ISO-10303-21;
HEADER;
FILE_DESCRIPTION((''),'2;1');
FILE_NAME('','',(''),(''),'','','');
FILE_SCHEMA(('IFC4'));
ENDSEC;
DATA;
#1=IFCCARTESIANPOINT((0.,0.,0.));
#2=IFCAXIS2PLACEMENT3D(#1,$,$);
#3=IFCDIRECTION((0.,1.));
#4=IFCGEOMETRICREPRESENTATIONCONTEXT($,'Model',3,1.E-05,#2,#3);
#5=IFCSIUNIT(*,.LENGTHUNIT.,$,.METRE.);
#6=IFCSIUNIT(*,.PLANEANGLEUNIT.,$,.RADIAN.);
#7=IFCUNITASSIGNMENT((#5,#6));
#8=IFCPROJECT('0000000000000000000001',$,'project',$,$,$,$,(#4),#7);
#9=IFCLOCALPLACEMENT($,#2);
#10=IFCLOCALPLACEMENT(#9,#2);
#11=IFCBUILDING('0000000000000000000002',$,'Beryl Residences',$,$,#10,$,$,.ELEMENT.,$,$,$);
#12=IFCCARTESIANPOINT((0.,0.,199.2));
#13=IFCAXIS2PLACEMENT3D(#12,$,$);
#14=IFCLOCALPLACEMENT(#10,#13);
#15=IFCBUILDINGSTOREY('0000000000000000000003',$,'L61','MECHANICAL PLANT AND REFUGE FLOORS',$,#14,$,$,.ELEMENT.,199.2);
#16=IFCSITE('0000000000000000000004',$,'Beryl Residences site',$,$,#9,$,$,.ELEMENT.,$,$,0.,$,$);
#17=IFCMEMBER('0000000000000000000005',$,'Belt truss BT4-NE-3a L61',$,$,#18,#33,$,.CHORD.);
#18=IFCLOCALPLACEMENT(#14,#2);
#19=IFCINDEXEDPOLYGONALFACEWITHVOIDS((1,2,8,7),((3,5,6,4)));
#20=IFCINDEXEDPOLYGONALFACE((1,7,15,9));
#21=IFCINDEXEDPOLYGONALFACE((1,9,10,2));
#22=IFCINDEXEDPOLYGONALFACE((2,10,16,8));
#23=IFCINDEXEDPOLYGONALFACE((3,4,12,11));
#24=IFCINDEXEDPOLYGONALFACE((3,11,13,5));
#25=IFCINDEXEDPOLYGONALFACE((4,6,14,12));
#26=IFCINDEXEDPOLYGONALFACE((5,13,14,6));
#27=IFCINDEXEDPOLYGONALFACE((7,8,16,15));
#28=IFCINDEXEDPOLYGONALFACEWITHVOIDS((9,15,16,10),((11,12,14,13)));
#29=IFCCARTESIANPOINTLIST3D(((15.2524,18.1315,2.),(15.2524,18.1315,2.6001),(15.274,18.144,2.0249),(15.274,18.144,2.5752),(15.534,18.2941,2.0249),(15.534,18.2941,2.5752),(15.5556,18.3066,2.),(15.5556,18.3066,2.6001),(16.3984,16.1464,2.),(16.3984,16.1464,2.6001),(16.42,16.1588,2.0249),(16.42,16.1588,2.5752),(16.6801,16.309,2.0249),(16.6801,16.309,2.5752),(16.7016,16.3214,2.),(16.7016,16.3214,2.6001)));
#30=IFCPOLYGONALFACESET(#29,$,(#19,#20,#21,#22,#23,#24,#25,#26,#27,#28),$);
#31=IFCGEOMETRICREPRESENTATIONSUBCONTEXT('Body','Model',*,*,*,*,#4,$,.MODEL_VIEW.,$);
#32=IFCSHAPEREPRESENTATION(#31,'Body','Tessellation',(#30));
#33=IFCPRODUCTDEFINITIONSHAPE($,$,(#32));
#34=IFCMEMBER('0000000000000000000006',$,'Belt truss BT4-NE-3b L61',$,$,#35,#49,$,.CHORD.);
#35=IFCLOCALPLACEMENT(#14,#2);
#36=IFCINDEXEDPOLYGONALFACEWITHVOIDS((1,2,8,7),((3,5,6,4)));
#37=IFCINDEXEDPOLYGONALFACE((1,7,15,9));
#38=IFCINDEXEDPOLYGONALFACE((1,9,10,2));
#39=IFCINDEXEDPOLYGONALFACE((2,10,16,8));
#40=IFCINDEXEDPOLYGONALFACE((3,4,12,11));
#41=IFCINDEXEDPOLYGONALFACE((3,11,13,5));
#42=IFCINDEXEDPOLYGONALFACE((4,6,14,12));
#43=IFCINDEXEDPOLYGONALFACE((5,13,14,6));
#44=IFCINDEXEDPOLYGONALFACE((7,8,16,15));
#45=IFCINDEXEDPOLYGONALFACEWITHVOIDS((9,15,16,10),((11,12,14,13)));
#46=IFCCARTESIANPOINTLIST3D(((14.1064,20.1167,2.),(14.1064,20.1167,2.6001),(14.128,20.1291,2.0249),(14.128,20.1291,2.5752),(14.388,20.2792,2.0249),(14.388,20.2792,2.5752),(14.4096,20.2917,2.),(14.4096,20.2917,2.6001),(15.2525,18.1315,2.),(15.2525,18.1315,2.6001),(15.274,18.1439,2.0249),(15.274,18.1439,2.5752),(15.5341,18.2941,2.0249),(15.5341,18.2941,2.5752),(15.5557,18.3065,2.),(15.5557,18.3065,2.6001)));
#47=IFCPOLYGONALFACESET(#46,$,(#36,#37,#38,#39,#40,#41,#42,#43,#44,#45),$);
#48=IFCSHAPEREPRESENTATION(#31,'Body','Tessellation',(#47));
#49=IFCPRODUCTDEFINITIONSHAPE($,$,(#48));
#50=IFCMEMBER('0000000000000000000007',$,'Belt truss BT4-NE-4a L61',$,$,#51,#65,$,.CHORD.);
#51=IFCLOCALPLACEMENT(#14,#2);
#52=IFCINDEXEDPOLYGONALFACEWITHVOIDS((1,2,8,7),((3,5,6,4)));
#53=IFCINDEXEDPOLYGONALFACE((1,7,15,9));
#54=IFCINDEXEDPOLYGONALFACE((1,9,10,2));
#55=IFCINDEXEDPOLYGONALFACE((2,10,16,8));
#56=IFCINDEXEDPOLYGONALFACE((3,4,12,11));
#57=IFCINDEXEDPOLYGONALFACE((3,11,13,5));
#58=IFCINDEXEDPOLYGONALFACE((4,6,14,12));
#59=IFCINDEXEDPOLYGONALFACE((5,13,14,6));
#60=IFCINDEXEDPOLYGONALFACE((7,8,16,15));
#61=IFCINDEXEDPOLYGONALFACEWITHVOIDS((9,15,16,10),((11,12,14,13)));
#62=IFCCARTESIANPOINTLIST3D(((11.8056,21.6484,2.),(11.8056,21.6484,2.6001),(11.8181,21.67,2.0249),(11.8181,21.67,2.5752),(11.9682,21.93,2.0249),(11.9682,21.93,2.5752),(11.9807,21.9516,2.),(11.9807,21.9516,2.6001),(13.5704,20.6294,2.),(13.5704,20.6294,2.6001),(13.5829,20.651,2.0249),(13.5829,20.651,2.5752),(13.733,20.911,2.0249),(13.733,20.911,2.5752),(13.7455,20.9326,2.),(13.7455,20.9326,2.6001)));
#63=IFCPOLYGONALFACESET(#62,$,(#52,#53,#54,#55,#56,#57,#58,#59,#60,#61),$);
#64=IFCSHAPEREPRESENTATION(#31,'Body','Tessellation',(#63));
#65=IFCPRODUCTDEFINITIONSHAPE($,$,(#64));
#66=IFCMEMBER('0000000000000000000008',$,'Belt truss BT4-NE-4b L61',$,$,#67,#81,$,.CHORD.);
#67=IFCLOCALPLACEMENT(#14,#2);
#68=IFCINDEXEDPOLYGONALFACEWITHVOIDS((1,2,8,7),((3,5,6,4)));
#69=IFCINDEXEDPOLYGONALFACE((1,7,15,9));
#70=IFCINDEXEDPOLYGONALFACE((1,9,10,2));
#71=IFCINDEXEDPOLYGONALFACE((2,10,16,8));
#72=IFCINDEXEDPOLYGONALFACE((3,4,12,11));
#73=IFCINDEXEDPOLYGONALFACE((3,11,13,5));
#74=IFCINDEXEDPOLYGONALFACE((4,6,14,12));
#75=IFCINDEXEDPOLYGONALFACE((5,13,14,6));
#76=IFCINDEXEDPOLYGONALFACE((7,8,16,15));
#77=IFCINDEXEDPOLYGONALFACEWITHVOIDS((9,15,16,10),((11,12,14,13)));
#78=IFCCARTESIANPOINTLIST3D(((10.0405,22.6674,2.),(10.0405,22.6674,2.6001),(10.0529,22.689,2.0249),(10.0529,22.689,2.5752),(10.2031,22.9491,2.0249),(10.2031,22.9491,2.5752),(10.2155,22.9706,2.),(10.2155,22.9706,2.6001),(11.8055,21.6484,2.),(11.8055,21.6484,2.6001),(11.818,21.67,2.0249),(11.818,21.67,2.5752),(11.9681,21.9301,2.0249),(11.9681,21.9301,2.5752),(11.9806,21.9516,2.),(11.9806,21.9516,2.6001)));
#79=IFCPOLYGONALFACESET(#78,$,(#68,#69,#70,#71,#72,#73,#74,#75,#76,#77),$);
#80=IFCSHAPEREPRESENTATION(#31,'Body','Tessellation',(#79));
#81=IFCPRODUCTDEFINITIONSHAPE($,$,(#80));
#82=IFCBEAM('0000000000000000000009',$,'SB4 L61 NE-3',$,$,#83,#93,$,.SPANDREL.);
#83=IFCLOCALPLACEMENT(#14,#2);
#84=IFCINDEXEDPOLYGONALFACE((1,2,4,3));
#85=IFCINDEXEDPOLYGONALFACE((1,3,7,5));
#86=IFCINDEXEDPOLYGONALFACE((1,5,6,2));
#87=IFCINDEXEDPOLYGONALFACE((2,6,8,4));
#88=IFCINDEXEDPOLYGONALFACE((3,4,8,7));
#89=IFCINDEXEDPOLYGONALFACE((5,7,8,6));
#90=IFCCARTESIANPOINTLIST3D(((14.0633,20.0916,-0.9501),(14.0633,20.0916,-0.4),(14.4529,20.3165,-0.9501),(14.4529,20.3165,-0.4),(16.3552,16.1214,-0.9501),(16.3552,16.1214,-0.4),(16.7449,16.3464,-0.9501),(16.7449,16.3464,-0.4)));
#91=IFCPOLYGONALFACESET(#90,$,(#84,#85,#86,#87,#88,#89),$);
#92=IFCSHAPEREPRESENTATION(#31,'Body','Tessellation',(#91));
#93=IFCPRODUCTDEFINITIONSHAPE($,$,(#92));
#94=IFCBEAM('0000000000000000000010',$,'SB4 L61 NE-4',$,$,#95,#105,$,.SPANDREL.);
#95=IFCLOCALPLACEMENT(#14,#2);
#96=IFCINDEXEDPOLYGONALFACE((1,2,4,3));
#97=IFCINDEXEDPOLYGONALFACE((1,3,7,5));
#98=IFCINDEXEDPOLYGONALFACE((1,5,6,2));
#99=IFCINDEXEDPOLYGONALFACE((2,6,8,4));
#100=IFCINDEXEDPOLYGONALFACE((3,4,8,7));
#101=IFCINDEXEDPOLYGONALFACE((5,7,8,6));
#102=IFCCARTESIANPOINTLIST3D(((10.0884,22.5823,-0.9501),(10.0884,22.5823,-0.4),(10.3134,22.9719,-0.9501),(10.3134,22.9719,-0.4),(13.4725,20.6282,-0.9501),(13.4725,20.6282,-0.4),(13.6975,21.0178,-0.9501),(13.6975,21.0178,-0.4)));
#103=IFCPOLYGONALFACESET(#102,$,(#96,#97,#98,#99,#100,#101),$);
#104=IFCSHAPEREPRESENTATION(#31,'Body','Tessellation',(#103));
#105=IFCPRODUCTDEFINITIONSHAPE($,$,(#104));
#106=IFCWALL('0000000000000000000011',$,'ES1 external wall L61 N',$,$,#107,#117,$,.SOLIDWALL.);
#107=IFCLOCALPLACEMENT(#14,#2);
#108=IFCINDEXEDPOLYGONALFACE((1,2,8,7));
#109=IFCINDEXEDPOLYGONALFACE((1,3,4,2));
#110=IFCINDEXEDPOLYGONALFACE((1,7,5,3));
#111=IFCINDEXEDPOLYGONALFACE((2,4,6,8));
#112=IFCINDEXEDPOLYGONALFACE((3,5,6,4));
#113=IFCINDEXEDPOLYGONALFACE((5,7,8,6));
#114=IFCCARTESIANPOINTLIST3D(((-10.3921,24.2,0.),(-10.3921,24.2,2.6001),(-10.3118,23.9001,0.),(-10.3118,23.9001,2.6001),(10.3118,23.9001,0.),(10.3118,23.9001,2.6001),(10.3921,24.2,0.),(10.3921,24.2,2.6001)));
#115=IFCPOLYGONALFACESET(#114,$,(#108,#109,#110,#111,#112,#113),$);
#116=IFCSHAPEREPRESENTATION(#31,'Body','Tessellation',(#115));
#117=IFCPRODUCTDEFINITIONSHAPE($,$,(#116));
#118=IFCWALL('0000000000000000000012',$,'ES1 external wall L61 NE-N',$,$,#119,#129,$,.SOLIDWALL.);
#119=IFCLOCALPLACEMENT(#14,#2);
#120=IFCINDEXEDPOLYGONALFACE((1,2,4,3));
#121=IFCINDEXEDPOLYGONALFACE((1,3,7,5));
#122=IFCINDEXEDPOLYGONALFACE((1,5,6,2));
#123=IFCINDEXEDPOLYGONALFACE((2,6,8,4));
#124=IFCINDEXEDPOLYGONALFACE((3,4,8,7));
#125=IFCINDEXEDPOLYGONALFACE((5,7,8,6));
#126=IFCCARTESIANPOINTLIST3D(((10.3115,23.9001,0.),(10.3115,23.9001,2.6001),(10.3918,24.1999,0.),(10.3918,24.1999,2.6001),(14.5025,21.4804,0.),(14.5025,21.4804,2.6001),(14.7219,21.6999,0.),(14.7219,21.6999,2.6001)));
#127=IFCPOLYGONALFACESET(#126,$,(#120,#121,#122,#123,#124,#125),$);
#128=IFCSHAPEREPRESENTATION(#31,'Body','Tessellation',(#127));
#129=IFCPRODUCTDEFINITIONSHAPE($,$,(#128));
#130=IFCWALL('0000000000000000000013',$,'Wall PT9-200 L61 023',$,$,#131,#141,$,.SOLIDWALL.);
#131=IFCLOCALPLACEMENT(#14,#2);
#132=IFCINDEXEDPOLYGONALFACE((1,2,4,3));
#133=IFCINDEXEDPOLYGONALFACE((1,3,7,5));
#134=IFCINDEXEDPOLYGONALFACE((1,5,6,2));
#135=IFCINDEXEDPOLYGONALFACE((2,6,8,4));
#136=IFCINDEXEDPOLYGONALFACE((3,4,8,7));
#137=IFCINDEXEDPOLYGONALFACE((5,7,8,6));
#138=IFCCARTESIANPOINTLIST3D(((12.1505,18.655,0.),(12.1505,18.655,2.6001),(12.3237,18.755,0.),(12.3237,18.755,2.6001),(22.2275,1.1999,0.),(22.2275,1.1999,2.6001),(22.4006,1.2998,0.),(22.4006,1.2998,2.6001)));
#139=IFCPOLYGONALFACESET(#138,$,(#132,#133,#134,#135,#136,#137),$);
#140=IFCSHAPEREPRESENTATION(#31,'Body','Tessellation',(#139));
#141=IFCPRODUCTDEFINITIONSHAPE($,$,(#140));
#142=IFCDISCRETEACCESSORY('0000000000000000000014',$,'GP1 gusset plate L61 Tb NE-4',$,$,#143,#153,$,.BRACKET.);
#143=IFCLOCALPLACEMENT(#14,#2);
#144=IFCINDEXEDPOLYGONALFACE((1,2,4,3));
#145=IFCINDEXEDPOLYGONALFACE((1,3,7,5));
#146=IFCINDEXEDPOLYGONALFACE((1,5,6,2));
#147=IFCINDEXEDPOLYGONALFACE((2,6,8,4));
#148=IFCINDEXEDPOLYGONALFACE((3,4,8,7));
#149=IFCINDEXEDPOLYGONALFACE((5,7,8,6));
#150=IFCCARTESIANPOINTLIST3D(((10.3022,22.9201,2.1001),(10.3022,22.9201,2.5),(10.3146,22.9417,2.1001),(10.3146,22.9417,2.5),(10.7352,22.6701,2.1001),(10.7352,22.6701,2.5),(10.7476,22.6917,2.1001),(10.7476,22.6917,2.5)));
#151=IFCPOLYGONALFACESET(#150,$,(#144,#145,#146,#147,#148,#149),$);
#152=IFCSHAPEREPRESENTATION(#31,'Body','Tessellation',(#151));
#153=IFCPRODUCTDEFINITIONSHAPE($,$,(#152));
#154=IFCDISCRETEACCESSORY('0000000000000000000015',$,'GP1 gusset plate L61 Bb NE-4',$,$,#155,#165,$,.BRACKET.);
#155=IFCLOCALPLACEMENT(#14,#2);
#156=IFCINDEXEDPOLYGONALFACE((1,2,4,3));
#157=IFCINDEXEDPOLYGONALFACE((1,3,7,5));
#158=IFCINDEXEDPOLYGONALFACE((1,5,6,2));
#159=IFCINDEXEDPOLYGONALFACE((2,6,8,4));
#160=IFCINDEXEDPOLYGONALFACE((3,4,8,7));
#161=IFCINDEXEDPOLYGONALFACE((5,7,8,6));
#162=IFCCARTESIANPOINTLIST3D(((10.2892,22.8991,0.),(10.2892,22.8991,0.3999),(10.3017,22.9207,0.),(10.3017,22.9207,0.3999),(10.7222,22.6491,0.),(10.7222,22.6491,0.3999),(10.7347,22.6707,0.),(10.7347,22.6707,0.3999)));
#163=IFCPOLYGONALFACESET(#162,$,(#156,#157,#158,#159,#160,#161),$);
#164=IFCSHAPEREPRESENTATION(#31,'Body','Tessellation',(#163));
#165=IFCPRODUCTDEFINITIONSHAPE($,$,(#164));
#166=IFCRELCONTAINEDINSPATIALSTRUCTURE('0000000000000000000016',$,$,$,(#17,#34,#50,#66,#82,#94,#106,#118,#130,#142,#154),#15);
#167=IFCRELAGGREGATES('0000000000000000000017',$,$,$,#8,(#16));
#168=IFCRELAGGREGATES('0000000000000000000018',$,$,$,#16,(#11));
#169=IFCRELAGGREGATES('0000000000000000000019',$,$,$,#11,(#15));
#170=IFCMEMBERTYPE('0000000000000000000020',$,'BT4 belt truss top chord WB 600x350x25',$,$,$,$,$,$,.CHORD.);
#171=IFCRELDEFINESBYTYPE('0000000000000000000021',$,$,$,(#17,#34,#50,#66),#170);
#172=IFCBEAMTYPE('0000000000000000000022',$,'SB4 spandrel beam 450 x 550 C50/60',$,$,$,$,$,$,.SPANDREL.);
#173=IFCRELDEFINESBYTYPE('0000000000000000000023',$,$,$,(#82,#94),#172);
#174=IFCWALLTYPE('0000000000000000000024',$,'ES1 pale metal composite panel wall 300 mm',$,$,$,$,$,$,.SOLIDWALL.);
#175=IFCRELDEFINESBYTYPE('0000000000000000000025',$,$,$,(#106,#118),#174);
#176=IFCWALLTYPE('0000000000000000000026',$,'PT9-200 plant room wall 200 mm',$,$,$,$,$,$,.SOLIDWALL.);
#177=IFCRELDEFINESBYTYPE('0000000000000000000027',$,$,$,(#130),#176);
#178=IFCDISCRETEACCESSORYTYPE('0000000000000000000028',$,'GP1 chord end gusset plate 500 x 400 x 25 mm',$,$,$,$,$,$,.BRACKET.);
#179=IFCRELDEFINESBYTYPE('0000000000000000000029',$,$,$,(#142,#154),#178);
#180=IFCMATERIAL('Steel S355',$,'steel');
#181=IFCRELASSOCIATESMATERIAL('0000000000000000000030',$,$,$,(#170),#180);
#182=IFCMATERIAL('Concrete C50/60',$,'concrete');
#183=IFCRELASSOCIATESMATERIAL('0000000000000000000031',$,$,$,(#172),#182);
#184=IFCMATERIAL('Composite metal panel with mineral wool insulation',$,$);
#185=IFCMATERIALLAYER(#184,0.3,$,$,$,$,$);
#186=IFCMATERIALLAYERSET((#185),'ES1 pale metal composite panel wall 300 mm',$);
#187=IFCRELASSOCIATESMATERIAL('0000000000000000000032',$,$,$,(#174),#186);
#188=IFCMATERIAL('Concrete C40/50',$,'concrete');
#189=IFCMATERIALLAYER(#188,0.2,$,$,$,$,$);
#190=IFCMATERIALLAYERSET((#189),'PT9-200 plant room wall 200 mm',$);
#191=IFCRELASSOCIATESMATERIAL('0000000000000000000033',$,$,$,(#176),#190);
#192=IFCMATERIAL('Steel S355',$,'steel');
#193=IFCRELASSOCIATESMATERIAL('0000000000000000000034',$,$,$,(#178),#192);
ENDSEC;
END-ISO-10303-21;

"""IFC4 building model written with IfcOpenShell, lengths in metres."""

from ifc_helpers import new_model, si_unit, direction, frame, frame_2d, origin, origin_2d, place, context, subcontext, project, spatial, polyline, rectangle, hollow_rectangle, outline, extrude, material, layer, layer_set, material_profile, profile_set, type_object, element, save


model = new_model("IFC4")

# Units and contexts
model_context = context("Model", 3, precision=1e-05, world=origin(), true_north=direction((0.0, 1.0)))
body_context = subcontext(model_context, "Body", "Model", "MODEL_VIEW")
ifc_project = project(units=[si_unit("LENGTHUNIT", "METRE"), si_unit("PLANEANGLEUNIT", "RADIAN")], contexts=[model_context])

# Site, building, storey
site_placement = place(None, origin())
site = spatial("IfcSite", under=ifc_project, at=site_placement, Name="Beryl Residences site", CompositionType="ELEMENT", RefElevation=0.0)
building_placement = place(site_placement, origin())
building = spatial("IfcBuilding", under=site, at=building_placement, Name="Beryl Residences", CompositionType="ELEMENT")
storey_placement = place(building_placement, frame((0.0, 0.0, 199.2)))
storey = spatial("IfcBuildingStorey", under=building, at=storey_placement, Name="L61", Description="MECHANICAL PLANT AND REFUGE FLOORS", CompositionType="ELEMENT", Elevation=199.2)

# Members
ifc_material_1 = material(Name="Steel S355", Category="steel")
ifc_material_profile_1 = material_profile(ifc_material_1, hollow_rectangle(XDim=0.3501, YDim=0.6001, WallThickness=0.0249, at=origin_2d()))
ifc_profile_set_1 = profile_set([ifc_material_profile_1], Name="Steel S355")
member_type_1 = type_object("IfcMemberType", Name="BT4 belt truss top chord WB 600x350x25", PredefinedType="CHORD", material=ifc_profile_set_1)
for number, where, z_axis, x_axis, name in (
    (1, (16.55, 16.2339, 2.3), (-0.499965, 0.866045, 0.0), (-0.866045, -0.499965, 0.0), "Belt truss BT4-NE-3a L61"),
    (2, (15.4041, 18.219, 2.3), (-0.499965, 0.866045, 0.0), (-0.866045, -0.499965, 0.0), "Belt truss BT4-NE-3b L61"),
):
    element("IfcMember", number, at=place(storey_placement, frame(where, z_axis=z_axis, x_axis=x_axis)), inside=storey, type_object=member_type_1, Name=name, PredefinedType="CHORD", context=body_context, shape_type="SweptSolid", body=[
        extrude(hollow_rectangle(XDim=0.3501, YDim=0.6001, WallThickness=0.0249, at=origin_2d()), origin(), (0.0, 0.0, 1.0), 2.2922),
    ])
member_1_placement = place(storey_placement, frame((13.658, 20.781, 2.3), z_axis=(-0.866008, 0.50003, 0.0), x_axis=(-0.50003, -0.866008, 0.0)))
element("IfcMember", 3, at=member_1_placement, inside=storey, type_object=member_type_1, Name="Belt truss BT4-NE-4a L61", PredefinedType="CHORD", context=body_context, shape_type="SweptSolid", body=[
    extrude(hollow_rectangle(XDim=0.3501, YDim=0.6001, WallThickness=0.0249, at=origin_2d()), origin(), (0.0, 0.0, 1.0), 2.0378),
])
member_2_placement = place(storey_placement, frame((11.8931, 21.8, 2.3), z_axis=(-0.866038, 0.499978, 0.0), x_axis=(-0.499978, -0.866038, 0.0)))
element("IfcMember", 4, at=member_2_placement, inside=storey, type_object=member_type_1, Name="Belt truss BT4-NE-4b L61", PredefinedType="CHORD", context=body_context, shape_type="SweptSolid", body=[
    extrude(hollow_rectangle(XDim=0.3501, YDim=0.6001, WallThickness=0.0249, at=origin_2d()), origin(), (0.0, 0.0, 1.0), 2.0381),
])

# Beams
ifc_material_2 = material(Name="Concrete C50/60", Category="concrete")
ifc_material_profile_2 = material_profile(ifc_material_2, rectangle(XDim=0.45, YDim=0.55, at=origin_2d()))
ifc_profile_set_2 = profile_set([ifc_material_profile_2], Name="Concrete C50/60")
beam_type = type_object("IfcBeamType", Name="SB4 spandrel beam 450 x 550 C50/60", PredefinedType="SPANDREL", material=ifc_profile_set_2)
beam_1_placement = place(storey_placement, frame((16.55, 16.2339, -0.675), z_axis=(-0.499965, 0.866045, 0.0), x_axis=(-0.866045, -0.499965, 0.0)))
element("IfcBeam", 5, at=beam_1_placement, inside=storey, type_object=beam_type, Name="SB4 L61 NE-3", PredefinedType="SPANDREL", context=body_context, shape_type="SweptSolid", body=[
    extrude(rectangle(XDim=0.45, YDim=0.55, at=origin_2d()), origin(), (0.0, 0.0, 1.0), 4.5842),
])
beam_2_placement = place(storey_placement, frame((13.585, 20.823, -0.675), z_axis=(-0.865989, 0.500063, 0.0), x_axis=(-0.500063, -0.865989, 0.0)))
element("IfcBeam", 6, at=beam_2_placement, inside=storey, type_object=beam_type, Name="SB4 L61 NE-4", PredefinedType="SPANDREL", context=body_context, shape_type="SweptSolid", body=[
    extrude(rectangle(XDim=0.45, YDim=0.55, at=origin_2d()), origin(), (0.0, 0.0, 1.0), 3.9077),
])

# Walls
ifc_material_3 = material(Name="Composite metal panel with mineral wool insulation")
ifc_layer_1 = layer(ifc_material_3, 0.3)
ifc_layer_set_1 = layer_set([ifc_layer_1], Name="ES1 pale metal composite panel wall 300 mm")
wall_type_1 = type_object("IfcWallType", Name="ES1 pale metal composite panel wall 300 mm", PredefinedType="SOLIDWALL", material=ifc_layer_set_1)
wall_1_placement = place(storey_placement, frame((10.3921, 24.05, 0.0), z_axis=(0.0, 0.0, 1.0), x_axis=(-1.0, 0.0, 0.0)))
element("IfcWall", 7, at=wall_1_placement, inside=storey, type_object=wall_type_1, Name="ES1 external wall L61 N", PredefinedType="SOLIDWALL", context=body_context, shape_type="SweptSolid", body=[
    extrude(outline(polyline([(0.0, -0.1499), (20.7842, -0.1499), (20.7039, 0.1499), (0.0803, 0.1499), (0.0, -0.1499)])), origin(), (0.0, 0.0, 1.0), 2.6001),
])
wall_2_placement = place(storey_placement, frame((14.647, 21.5701, 0.0), z_axis=(0.0, 0.0, 1.0), x_axis=(-0.866023, 0.500004, 0.0)))
element("IfcWall", 8, at=wall_2_placement, inside=storey, type_object=wall_type_1, Name="ES1 external wall L61 NE-N", PredefinedType="SOLIDWALL", context=body_context, shape_type="SweptSolid", body=[
    extrude(outline(polyline([(0.0, -0.1499), (5.0, -0.1499), (4.9197, 0.1499), (0.0803, 0.1499), (0.0, -0.1499)])), origin(), (0.0, 0.0, 1.0), 2.6001),
])
ifc_material_4 = material(Name="Concrete C40/50", Category="concrete")
ifc_layer_2 = layer(ifc_material_4, 0.2)
ifc_layer_set_2 = layer_set([ifc_layer_2], Name="PT9-200 plant room wall 200 mm")
wall_type_2 = type_object("IfcWallType", Name="PT9-200 plant room wall 200 mm", PredefinedType="SOLIDWALL", material=ifc_layer_set_2)
wall_3_placement = place(storey_placement, frame((12.2371, 18.7051, 0.0), z_axis=(0.0, 0.0, 1.0), x_axis=(0.499971, -0.866042, 0.0)))
element("IfcWall", 9, at=wall_3_placement, inside=storey, type_object=wall_type_2, Name="Wall PT9-200 L61 023", PredefinedType="SOLIDWALL", context=body_context, shape_type="SweptSolid", body=[
    extrude(rectangle(XDim=20.155, YDim=0.2, at=frame_2d((10.0776, 0.0))), origin(), (0.0, 0.0, 1.0), 2.6001),
])

# Discrete accessories
ifc_material_5 = material(Name="Steel S355", Category="steel")
discrete_accessory_type = type_object("IfcDiscreteAccessoryType", Name="GP1 chord end gusset plate 500 x 400 x 25 mm", PredefinedType="BRACKET", material=ifc_material_5)
for number, where, z_axis, x_axis, name in (
    (10, (10.5249, 22.8059, 2.1001), (0.0, 0.0, 1.0), (0.866019, -0.500011, 0.0), "GP1 gusset plate L61 Tb NE-4"),
    (11, (10.512, 22.7849, 0.0), (0.0, 0.0, 1.0), (0.866019, -0.500011, 0.0), "GP1 gusset plate L61 Bb NE-4"),
):
    element("IfcDiscreteAccessory", number, at=place(storey_placement, frame(where, z_axis=z_axis, x_axis=x_axis)), inside=storey, type_object=discrete_accessory_type, Name=name, PredefinedType="BRACKET", context=body_context, shape_type="SweptSolid", body=[
        extrude(rectangle(XDim=0.5, YDim=0.0249, at=origin_2d()), origin(), (0.0, 0.0, 1.0), 0.3999),
    ])

save(model, "model.ifc")
